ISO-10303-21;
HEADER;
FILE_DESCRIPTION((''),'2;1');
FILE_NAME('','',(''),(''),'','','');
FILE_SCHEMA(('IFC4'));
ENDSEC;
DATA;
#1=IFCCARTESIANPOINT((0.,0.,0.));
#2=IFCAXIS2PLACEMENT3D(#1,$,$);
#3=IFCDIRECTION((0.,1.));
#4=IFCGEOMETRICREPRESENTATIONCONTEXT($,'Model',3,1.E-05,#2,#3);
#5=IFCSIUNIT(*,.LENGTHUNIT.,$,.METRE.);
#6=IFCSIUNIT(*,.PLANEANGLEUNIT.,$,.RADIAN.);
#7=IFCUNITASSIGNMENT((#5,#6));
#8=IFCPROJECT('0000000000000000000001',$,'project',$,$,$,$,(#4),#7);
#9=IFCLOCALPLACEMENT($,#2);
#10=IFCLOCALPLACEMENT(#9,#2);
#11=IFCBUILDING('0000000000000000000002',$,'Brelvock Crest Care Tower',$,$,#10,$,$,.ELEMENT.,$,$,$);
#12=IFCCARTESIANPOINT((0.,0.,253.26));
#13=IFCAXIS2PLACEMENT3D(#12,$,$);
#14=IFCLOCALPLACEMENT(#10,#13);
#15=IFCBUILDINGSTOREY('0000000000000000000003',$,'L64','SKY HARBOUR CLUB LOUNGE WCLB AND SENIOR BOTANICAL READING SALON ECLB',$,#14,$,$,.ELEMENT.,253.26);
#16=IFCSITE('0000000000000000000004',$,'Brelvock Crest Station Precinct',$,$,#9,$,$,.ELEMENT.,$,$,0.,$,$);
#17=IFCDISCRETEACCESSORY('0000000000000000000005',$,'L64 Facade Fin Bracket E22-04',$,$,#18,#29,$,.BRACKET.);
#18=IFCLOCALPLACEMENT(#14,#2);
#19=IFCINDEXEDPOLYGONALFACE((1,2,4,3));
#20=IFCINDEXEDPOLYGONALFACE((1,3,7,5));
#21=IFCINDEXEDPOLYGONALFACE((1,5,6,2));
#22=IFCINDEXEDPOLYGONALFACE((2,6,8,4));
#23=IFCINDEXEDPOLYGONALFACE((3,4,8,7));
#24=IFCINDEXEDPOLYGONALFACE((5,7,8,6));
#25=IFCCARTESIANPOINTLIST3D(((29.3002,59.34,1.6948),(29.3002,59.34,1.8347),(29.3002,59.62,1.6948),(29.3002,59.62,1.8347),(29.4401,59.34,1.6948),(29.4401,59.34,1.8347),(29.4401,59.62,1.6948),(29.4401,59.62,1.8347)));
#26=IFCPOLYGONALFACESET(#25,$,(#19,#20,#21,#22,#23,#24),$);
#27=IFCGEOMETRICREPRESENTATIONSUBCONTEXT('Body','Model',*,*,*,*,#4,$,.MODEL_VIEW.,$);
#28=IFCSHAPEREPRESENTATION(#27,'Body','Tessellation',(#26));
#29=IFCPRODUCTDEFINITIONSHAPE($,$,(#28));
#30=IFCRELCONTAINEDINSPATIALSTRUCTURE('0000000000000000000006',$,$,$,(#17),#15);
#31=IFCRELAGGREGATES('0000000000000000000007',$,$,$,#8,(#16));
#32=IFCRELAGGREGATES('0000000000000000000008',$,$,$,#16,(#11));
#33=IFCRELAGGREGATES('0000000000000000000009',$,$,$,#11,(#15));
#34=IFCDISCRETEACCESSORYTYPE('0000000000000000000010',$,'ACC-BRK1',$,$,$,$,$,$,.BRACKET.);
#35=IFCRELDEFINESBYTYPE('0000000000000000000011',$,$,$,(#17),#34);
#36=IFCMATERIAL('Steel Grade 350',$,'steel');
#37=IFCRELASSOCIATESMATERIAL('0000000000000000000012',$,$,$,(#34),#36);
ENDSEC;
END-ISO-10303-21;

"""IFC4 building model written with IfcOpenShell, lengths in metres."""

from ifc_helpers import new_model, si_unit, direction, frame, origin, origin_2d, place, context, subcontext, project, spatial, rectangle, extrude, source, transform, mapped, material, type_object, element, save


model = new_model("IFC4")

# Units and contexts
model_context = context("Model", 3, precision=1e-05, world=origin(), true_north=direction((0.0, 1.0)))
body_context = subcontext(model_context, "Body", "Model", "MODEL_VIEW")
ifc_project = project(units=[si_unit("LENGTHUNIT", "METRE"), si_unit("PLANEANGLEUNIT", "RADIAN")], contexts=[model_context])

# Site, building, storey
site_placement = place(None, origin())
site = spatial("IfcSite", under=ifc_project, at=site_placement, Name="Brelvock Crest Station Precinct", CompositionType="ELEMENT", RefElevation=0.0)
building_placement = place(site_placement, origin())
building = spatial("IfcBuilding", under=site, at=building_placement, Name="Brelvock Crest Care Tower", CompositionType="ELEMENT")
storey_placement = place(building_placement, frame((0.0, 0.0, 253.26)))
storey = spatial("IfcBuildingStorey", under=building, at=storey_placement, Name="L64", Description="SKY HARBOUR CLUB LOUNGE WCLB AND SENIOR BOTANICAL READING SALON ECLB", CompositionType="ELEMENT", Elevation=253.26)

# Shared definitions
ifc_material_1 = material(Name="Steel Grade 350", Category="steel")

# Discrete accessory
discrete_accessory_type = type_object("IfcDiscreteAccessoryType", Name="ACC-BRK1", PredefinedType="BRACKET", material=ifc_material_1)
shared_shape_1 = source(origin(), body_context, "Body", "SweptSolid", [
    extrude(rectangle(XDim=0.28, YDim=0.1399, at=origin_2d()), origin(), (0.0, 0.0, 1.0), 0.1399),
])
discrete_accessory_placement = place(storey_placement, frame((29.3701, 59.48, 1.6948), z_axis=(0.0, 0.0, 1.0), x_axis=(0.0, 1.0, 0.0)))
element("IfcDiscreteAccessory", 1, at=discrete_accessory_placement, inside=storey, type_object=discrete_accessory_type, Name="L64 Facade Fin Bracket E22-04", PredefinedType="BRACKET", context=body_context, shape_type="MappedRepresentation", body=[
    mapped(shared_shape_1, transform((0.0, 0.0, 0.0), x_axis=(1.0, 0.0, 0.0), y_axis=(0.0, 1.0, 0.0), z_axis=(0.0, 0.0, 1.0), scale=1.0)),
])

save(model, "model.ifc")
